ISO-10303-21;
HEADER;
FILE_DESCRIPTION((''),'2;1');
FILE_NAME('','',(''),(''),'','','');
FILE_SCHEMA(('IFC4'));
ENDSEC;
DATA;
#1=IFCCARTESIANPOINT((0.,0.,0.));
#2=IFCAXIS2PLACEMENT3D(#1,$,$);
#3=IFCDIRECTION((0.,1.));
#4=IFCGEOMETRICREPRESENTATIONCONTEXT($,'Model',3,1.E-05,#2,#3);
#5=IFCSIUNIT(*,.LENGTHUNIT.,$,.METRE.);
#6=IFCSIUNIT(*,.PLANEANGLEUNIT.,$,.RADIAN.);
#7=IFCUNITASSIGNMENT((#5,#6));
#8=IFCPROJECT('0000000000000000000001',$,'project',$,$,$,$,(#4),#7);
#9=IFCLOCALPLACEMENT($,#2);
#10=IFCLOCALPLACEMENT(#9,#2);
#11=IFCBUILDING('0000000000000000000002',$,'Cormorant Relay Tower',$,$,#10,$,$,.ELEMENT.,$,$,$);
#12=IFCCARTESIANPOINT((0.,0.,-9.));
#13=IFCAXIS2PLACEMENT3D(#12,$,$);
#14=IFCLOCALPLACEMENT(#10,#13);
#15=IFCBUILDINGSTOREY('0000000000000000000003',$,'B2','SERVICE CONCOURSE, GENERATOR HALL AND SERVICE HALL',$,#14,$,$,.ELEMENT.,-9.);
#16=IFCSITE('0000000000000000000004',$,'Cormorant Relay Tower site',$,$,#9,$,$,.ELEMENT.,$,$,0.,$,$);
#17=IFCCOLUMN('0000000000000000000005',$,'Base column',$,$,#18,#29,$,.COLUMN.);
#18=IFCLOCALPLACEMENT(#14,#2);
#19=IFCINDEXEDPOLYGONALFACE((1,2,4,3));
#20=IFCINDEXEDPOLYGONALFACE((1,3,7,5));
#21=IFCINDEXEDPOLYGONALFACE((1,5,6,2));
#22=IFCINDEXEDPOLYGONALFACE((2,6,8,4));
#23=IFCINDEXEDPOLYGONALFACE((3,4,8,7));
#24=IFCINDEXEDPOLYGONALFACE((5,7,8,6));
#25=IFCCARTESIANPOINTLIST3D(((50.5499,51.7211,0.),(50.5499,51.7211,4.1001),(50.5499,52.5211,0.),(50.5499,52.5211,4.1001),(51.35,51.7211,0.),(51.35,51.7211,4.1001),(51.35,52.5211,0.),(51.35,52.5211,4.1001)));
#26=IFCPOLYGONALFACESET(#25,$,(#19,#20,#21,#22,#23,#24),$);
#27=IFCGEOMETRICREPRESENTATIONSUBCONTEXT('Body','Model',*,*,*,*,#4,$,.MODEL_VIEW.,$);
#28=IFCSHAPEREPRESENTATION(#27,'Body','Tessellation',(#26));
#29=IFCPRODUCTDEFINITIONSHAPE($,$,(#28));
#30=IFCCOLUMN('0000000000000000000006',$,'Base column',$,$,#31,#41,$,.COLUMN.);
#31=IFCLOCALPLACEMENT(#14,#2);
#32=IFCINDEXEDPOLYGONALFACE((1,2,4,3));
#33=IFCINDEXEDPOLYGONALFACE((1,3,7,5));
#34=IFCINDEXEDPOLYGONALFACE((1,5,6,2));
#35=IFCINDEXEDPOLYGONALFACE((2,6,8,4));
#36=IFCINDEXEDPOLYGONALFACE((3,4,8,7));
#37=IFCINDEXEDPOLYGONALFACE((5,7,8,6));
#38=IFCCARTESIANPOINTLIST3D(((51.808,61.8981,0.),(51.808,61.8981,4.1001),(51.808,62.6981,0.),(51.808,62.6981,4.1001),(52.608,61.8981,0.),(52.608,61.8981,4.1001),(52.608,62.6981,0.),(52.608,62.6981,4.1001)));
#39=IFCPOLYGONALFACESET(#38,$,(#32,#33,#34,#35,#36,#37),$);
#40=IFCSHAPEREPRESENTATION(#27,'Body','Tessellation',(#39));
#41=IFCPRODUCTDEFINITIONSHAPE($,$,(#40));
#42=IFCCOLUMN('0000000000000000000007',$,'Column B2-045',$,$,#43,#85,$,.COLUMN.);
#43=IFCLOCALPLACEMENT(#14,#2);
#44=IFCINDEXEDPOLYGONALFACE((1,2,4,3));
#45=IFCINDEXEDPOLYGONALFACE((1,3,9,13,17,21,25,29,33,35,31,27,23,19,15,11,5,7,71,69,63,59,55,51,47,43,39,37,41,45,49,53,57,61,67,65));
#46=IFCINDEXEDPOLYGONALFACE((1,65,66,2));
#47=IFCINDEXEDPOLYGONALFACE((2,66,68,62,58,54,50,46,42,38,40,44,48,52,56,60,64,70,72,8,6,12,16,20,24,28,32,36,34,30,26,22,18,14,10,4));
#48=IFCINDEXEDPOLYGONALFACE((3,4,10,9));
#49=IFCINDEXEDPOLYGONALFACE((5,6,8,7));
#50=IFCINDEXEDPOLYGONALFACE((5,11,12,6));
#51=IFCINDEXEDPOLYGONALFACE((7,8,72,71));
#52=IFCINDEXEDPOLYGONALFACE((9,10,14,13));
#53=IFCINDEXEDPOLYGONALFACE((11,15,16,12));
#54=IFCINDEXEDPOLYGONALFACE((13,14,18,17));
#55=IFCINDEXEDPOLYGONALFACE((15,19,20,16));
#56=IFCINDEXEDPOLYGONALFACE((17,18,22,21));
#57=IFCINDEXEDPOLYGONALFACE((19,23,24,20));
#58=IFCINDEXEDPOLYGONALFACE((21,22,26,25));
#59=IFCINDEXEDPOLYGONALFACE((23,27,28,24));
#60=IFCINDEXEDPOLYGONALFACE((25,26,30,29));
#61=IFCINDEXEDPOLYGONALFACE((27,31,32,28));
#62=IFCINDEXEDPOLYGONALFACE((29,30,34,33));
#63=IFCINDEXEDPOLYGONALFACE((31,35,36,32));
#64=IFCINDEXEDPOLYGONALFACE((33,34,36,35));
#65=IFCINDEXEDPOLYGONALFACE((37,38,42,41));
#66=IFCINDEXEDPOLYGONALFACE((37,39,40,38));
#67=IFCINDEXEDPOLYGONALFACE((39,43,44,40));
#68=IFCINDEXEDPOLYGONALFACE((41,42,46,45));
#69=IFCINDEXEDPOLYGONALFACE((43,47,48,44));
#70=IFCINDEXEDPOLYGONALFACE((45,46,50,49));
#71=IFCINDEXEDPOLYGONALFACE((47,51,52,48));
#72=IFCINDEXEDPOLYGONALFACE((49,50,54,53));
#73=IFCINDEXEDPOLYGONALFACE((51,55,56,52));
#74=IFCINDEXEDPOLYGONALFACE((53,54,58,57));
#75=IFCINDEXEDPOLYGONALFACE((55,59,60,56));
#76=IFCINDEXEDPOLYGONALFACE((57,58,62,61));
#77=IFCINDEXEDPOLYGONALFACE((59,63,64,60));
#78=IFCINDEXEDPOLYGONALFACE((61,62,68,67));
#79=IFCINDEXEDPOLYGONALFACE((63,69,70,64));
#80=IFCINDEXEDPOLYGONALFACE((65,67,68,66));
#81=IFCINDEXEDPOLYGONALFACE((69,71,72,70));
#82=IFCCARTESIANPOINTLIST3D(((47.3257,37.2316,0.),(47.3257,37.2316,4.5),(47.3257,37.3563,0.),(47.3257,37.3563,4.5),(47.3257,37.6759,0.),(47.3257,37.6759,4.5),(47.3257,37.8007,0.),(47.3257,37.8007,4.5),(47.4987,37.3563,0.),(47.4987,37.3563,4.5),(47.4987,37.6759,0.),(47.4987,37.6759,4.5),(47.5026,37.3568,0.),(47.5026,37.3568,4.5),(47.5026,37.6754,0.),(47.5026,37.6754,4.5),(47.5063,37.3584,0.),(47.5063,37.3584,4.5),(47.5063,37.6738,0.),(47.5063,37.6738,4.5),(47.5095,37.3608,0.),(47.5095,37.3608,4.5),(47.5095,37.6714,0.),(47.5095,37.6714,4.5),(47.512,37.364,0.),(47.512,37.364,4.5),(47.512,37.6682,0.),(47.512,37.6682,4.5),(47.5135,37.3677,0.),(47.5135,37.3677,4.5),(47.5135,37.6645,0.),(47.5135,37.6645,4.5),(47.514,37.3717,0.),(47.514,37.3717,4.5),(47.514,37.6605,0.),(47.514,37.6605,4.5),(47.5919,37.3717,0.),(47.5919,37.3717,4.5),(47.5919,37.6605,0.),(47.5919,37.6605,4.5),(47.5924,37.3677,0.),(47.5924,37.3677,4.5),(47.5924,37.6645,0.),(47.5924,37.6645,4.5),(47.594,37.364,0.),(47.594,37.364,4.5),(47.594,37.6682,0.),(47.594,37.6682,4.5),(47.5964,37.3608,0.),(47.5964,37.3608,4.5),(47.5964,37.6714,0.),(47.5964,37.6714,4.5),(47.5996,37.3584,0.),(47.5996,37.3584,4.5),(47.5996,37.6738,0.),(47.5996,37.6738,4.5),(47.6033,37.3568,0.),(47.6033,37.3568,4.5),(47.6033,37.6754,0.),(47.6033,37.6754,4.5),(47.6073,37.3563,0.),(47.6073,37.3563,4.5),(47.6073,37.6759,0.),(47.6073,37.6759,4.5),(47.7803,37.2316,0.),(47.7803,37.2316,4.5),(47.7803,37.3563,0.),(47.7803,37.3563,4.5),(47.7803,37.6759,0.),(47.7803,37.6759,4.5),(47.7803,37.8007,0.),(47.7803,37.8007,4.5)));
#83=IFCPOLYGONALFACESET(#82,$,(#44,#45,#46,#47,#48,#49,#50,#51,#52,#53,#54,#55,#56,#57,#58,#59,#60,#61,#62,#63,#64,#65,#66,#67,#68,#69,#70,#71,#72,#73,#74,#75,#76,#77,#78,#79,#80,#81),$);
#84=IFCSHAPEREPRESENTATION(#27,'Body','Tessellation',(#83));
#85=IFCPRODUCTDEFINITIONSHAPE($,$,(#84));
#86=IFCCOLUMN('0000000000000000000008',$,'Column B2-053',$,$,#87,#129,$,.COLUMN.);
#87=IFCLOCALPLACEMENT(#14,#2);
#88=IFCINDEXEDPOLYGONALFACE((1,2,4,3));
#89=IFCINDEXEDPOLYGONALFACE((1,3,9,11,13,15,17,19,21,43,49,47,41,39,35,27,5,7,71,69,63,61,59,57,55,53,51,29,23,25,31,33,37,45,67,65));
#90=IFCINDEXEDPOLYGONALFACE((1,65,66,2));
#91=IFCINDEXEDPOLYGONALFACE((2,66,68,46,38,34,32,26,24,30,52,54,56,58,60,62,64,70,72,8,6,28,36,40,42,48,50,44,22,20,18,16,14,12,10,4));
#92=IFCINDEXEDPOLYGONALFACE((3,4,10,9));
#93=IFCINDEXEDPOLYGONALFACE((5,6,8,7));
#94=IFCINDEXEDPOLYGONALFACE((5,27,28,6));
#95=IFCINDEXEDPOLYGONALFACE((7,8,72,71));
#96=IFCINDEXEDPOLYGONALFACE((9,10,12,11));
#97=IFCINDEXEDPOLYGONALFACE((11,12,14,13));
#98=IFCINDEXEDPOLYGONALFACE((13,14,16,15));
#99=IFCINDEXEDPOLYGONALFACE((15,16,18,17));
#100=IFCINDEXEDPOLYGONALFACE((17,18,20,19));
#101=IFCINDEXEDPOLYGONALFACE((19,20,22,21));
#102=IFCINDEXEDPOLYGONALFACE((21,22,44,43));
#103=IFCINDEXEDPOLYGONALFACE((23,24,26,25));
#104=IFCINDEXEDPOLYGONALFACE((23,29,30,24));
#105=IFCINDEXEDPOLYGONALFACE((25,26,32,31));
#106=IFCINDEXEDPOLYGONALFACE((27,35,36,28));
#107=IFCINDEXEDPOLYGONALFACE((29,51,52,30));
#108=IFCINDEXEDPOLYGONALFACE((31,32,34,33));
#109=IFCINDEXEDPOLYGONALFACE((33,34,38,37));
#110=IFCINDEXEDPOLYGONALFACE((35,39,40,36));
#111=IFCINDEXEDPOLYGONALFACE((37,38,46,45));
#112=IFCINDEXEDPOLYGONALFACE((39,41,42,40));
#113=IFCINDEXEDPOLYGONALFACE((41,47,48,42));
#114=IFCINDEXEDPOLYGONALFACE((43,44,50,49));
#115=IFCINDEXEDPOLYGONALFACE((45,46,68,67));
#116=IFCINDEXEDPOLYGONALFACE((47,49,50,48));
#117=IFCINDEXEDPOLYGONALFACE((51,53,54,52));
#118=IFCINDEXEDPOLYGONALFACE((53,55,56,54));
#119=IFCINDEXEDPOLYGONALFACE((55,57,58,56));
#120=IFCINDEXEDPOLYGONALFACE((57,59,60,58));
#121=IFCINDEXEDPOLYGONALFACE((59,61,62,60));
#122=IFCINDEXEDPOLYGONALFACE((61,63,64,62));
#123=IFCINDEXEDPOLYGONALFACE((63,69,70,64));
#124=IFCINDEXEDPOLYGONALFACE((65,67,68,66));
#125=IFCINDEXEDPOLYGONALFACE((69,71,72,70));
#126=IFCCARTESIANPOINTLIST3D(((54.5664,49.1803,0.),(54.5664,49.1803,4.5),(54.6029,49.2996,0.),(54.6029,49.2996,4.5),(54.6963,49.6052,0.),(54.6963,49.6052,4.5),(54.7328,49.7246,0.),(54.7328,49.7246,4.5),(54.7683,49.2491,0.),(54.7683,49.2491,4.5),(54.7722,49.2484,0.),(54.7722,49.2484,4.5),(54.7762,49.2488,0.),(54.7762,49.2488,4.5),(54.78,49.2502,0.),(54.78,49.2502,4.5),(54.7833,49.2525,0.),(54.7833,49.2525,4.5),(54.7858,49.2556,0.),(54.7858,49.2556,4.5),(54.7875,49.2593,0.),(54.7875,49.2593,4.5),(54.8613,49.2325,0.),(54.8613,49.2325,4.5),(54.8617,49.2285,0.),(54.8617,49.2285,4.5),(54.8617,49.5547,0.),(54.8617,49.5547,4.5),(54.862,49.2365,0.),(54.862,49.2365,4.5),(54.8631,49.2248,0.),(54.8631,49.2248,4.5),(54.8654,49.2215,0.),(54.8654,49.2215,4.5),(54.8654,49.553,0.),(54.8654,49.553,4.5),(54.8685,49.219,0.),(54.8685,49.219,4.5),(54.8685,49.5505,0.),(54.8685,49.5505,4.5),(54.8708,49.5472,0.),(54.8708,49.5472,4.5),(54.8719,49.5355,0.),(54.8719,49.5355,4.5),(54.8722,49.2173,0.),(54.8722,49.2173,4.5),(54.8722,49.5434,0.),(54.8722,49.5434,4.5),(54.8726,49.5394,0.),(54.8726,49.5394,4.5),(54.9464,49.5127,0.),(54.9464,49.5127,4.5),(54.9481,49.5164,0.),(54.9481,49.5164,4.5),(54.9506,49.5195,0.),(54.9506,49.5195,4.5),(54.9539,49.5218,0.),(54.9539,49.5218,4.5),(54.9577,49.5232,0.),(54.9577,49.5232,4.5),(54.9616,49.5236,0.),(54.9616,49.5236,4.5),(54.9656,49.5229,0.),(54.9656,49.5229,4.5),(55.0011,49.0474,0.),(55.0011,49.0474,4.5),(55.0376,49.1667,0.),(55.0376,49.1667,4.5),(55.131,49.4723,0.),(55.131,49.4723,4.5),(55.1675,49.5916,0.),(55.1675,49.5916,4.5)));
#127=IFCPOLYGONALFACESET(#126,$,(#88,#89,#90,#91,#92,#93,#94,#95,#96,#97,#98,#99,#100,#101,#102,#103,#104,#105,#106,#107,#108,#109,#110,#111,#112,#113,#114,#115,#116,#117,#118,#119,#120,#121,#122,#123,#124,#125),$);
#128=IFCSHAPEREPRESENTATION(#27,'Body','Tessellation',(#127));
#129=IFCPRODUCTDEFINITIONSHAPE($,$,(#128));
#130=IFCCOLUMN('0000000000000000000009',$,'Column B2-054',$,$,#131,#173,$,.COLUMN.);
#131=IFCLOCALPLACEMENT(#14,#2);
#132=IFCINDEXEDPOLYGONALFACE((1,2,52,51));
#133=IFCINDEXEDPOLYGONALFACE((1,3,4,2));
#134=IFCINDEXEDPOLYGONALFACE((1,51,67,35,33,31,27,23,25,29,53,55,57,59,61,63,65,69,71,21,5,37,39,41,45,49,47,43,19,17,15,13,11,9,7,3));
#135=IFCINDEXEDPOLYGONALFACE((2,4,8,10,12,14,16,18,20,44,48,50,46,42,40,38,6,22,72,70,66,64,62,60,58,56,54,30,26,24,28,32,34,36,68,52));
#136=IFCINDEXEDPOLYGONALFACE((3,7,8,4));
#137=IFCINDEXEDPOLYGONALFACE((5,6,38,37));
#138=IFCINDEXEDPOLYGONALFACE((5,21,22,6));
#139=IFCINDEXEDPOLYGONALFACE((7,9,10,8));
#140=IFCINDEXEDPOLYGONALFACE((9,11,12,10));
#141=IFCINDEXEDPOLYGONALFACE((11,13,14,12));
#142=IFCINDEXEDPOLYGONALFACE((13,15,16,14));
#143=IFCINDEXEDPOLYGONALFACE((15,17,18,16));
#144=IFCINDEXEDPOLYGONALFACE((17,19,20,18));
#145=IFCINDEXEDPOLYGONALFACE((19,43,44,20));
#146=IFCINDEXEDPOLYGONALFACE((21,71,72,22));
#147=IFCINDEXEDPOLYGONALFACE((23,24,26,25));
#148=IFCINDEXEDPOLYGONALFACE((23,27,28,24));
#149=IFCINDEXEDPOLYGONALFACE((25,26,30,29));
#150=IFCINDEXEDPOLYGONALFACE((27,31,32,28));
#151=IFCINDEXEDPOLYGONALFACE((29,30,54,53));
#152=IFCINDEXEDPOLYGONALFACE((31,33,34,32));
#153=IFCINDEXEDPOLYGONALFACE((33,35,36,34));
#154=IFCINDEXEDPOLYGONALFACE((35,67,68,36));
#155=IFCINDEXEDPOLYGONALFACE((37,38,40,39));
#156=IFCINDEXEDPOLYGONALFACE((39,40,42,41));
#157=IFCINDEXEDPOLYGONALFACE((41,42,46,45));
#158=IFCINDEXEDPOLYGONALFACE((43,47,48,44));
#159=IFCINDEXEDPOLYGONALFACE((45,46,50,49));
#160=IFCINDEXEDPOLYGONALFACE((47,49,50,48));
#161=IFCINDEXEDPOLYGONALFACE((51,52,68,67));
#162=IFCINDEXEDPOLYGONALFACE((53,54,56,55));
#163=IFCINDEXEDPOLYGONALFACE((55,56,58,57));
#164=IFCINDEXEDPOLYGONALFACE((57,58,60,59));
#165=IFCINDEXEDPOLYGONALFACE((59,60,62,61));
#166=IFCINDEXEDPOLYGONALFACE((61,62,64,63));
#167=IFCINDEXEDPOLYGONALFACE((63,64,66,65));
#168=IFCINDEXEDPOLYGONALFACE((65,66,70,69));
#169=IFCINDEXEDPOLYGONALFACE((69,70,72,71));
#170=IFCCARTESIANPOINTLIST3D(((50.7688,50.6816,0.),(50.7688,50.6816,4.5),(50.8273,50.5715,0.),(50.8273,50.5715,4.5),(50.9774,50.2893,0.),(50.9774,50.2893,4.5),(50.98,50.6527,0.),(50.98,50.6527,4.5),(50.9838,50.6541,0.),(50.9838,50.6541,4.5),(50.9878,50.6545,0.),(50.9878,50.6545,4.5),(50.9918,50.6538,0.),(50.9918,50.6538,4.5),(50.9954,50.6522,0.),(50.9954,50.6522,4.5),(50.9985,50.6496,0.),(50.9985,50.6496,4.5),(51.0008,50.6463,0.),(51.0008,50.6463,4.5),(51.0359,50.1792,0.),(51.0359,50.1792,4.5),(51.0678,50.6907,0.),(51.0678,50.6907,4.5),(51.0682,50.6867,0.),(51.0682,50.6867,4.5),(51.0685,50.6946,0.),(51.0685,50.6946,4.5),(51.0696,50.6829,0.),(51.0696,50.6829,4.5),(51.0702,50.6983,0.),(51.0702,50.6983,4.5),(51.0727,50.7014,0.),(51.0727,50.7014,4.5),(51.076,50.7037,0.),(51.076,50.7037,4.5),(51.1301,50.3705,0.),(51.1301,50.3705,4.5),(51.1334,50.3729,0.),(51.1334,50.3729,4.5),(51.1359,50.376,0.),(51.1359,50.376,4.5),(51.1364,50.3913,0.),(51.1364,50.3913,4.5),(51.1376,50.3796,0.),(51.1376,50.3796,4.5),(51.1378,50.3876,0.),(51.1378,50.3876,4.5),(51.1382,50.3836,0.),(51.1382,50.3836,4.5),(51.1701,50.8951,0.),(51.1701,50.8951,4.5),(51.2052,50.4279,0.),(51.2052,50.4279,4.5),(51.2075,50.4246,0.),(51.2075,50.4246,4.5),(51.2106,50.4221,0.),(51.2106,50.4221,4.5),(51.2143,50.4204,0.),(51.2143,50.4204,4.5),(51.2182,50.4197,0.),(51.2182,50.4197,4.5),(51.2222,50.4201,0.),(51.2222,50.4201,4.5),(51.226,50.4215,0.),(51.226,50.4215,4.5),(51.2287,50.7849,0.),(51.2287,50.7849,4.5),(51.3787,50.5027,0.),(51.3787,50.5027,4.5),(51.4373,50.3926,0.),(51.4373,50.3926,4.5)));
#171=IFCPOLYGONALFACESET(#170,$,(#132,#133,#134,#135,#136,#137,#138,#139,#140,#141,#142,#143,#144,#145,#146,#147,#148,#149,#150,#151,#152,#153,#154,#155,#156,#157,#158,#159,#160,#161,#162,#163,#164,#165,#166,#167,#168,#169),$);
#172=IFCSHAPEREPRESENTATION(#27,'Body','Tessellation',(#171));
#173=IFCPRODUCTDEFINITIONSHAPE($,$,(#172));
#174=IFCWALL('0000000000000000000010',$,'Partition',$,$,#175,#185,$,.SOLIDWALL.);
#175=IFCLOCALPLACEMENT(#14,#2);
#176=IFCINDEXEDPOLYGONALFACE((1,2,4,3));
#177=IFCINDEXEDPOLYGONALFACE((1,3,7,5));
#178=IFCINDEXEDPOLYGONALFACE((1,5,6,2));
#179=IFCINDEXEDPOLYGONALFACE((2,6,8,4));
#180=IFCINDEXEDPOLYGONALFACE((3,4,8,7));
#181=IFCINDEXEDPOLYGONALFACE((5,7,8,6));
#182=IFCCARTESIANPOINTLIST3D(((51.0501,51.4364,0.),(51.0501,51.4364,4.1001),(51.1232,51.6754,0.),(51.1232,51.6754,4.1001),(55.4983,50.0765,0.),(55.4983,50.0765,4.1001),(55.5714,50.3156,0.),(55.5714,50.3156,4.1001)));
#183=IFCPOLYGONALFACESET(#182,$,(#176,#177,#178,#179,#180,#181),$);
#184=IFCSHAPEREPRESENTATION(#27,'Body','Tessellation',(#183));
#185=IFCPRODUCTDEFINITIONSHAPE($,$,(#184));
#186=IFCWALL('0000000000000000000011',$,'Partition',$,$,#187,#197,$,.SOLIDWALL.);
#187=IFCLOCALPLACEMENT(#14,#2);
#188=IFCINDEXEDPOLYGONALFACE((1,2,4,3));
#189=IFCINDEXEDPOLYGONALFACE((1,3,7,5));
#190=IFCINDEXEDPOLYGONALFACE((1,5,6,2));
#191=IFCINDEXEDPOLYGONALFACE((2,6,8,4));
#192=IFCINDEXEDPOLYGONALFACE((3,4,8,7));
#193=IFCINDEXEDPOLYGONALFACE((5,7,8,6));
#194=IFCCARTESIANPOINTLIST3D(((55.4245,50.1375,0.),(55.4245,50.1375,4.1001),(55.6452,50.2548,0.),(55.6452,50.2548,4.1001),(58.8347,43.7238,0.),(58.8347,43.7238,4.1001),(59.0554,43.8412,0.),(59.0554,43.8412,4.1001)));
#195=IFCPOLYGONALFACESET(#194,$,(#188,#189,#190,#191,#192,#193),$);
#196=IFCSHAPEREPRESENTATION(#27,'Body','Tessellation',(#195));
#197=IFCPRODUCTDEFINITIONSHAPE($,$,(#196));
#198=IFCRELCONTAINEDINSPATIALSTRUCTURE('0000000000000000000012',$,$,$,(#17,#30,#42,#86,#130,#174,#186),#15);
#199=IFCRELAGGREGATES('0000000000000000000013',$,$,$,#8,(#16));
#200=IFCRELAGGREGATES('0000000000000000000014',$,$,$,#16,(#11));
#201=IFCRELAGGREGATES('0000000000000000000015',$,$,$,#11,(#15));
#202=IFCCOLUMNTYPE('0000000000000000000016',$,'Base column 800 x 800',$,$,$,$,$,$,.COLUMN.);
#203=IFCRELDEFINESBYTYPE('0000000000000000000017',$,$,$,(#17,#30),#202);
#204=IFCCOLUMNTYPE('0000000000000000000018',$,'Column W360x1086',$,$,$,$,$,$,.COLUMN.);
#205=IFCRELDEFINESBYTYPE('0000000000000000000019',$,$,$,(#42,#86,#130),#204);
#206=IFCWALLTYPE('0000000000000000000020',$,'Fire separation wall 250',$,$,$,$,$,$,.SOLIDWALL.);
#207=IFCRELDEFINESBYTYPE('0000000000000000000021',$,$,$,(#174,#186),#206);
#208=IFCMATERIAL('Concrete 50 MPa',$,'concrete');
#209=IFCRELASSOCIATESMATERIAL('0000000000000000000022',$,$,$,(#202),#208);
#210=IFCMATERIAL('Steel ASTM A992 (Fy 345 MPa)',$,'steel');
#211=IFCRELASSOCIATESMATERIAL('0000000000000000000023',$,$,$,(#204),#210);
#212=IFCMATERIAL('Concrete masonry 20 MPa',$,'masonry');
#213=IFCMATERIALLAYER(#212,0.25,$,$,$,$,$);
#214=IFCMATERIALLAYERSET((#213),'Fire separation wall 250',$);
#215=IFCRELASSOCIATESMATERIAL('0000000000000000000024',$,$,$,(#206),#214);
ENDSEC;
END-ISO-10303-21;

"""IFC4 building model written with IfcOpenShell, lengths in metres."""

from ifc_helpers import new_model, si_unit, direction, frame, frame_2d, origin, origin_2d, place, context, subcontext, project, spatial, rectangle, i_section, extrude, material, layer, layer_set, material_profile, profile_set, type_object, element, save


model = new_model("IFC4")

# Units and contexts
model_context = context("Model", 3, precision=1e-05, world=origin(), true_north=direction((0.0, 1.0)))
body_context = subcontext(model_context, "Body", "Model", "MODEL_VIEW")
ifc_project = project(units=[si_unit("LENGTHUNIT", "METRE"), si_unit("PLANEANGLEUNIT", "RADIAN")], contexts=[model_context])

# Site, building, storey
site_placement = place(None, origin())
site = spatial("IfcSite", under=ifc_project, at=site_placement, Name="Cormorant Relay Tower site", CompositionType="ELEMENT", RefElevation=0.0)
building_placement = place(site_placement, origin())
building = spatial("IfcBuilding", under=site, at=building_placement, Name="Cormorant Relay Tower", CompositionType="ELEMENT")
storey_placement = place(building_placement, frame((0.0, 0.0, -9.0)))
storey = spatial("IfcBuildingStorey", under=building, at=storey_placement, Name="B2", Description="SERVICE CONCOURSE, GENERATOR HALL AND SERVICE HALL", CompositionType="ELEMENT", Elevation=-9.0)

# Columns
ifc_material_1 = material(Name="Concrete 50 MPa", Category="concrete")
ifc_material_profile_1 = material_profile(ifc_material_1, rectangle(XDim=0.8, YDim=0.8, at=origin_2d()), Name="RC 800x800")
ifc_profile_set_1 = profile_set([ifc_material_profile_1], Name="Concrete 50 MPa")
column_type_1 = type_object("IfcColumnType", Name="Base column 800 x 800", PredefinedType="COLUMN", material=ifc_profile_set_1)
for number, where, z_axis, x_axis, name in (
    (1, (50.95, 52.1211, 0.0), (0.0, 0.0, 1.0), (1.0, 0.0, 0.0), "Base column"),
    (2, (52.208, 62.2981, 0.0), (0.0, 0.0, 1.0), (1.0, 0.0, 0.0), "Base column"),
):
    element("IfcColumn", number, at=place(storey_placement, frame(where, z_axis=z_axis, x_axis=x_axis)), inside=storey, type_object=column_type_1, Name=name, PredefinedType="COLUMN", context=body_context, shape_type="SweptSolid", body=[
        extrude(rectangle(XDim=0.8, YDim=0.8, at=origin_2d()), origin(), (0.0, 0.0, 1.0), 4.1001),
    ])
ifc_material_2 = material(Name="Steel ASTM A992 (Fy 345 MPa)", Category="steel")
ifc_material_profile_2 = material_profile(ifc_material_2, i_section(OverallWidth=0.4546, OverallDepth=0.5691, WebThickness=0.0779, FlangeThickness=0.1248, FilletRadius=0.0154, at=origin_2d()), Name="W360x1086")
ifc_profile_set_2 = profile_set([ifc_material_profile_2], Name="Steel ASTM A992 (Fy 345 MPa)")
column_type_2 = type_object("IfcColumnType", Name="Column W360x1086", PredefinedType="COLUMN", material=ifc_profile_set_2)
for number, where, z_axis, x_axis, name in (
    (3, (47.553, 37.5161, 0.0), (0.0, 0.0, 1.0), (1.0, 0.0, 0.0), "Column B2-045"),
    (4, (54.8669, 49.386, 0.0), (0.0, 0.0, 1.0), (-0.956305, 0.292372, 0.0), "Column B2-053"),
    (5, (51.103, 50.5371, 0.0), (0.0, 0.0, 1.0), (-0.882948, -0.469472, 0.0), "Column B2-054"),
):
    element("IfcColumn", number, at=place(storey_placement, frame(where, z_axis=z_axis, x_axis=x_axis)), inside=storey, type_object=column_type_2, Name=name, PredefinedType="COLUMN", context=body_context, shape_type="SweptSolid", body=[
        extrude(i_section(OverallWidth=0.4546, OverallDepth=0.5691, WebThickness=0.0779, FlangeThickness=0.1248, FilletRadius=0.0154, at=origin_2d()), origin(), (0.0, 0.0, 1.0), 4.5),
    ])

# Walls
ifc_material_3 = material(Name="Concrete masonry 20 MPa", Category="masonry")
ifc_layer_1 = layer(ifc_material_3, 0.25)
ifc_layer_set_1 = layer_set([ifc_layer_1], Name="Fire separation wall 250")
wall_type_1 = type_object("IfcWallType", Name="Fire separation wall 250", PredefinedType="SOLIDWALL", material=ifc_layer_set_1)
wall_1_placement = place(storey_placement, frame((51.0867, 51.5559, 0.0), z_axis=(0.0, 0.0, 1.0), x_axis=(0.956311, -0.292352, 0.0)))
element("IfcWall", 6, at=wall_1_placement, inside=storey, type_object=wall_type_1, Name="Partition", PredefinedType="SOLIDWALL", context=body_context, shape_type="SweptSolid", body=[
    extrude(rectangle(XDim=4.6514, YDim=0.25, at=frame_2d((2.3257, 0.0))), origin(), (0.0, 0.0, 1.0), 4.1001),
])
wall_2_placement = place(storey_placement, frame((55.5349, 50.196, 0.0), z_axis=(0.0, 0.0, 1.0), x_axis=(0.469471, -0.882948, 0.0)))
element("IfcWall", 7, at=wall_2_placement, inside=storey, type_object=wall_type_1, Name="Partition", PredefinedType="SOLIDWALL", context=body_context, shape_type="SweptSolid", body=[
    extrude(rectangle(XDim=7.2639, YDim=0.25, at=frame_2d((3.6318, 0.0))), origin(), (0.0, 0.0, 1.0), 4.1001),
])

save(model, "model.ifc")
